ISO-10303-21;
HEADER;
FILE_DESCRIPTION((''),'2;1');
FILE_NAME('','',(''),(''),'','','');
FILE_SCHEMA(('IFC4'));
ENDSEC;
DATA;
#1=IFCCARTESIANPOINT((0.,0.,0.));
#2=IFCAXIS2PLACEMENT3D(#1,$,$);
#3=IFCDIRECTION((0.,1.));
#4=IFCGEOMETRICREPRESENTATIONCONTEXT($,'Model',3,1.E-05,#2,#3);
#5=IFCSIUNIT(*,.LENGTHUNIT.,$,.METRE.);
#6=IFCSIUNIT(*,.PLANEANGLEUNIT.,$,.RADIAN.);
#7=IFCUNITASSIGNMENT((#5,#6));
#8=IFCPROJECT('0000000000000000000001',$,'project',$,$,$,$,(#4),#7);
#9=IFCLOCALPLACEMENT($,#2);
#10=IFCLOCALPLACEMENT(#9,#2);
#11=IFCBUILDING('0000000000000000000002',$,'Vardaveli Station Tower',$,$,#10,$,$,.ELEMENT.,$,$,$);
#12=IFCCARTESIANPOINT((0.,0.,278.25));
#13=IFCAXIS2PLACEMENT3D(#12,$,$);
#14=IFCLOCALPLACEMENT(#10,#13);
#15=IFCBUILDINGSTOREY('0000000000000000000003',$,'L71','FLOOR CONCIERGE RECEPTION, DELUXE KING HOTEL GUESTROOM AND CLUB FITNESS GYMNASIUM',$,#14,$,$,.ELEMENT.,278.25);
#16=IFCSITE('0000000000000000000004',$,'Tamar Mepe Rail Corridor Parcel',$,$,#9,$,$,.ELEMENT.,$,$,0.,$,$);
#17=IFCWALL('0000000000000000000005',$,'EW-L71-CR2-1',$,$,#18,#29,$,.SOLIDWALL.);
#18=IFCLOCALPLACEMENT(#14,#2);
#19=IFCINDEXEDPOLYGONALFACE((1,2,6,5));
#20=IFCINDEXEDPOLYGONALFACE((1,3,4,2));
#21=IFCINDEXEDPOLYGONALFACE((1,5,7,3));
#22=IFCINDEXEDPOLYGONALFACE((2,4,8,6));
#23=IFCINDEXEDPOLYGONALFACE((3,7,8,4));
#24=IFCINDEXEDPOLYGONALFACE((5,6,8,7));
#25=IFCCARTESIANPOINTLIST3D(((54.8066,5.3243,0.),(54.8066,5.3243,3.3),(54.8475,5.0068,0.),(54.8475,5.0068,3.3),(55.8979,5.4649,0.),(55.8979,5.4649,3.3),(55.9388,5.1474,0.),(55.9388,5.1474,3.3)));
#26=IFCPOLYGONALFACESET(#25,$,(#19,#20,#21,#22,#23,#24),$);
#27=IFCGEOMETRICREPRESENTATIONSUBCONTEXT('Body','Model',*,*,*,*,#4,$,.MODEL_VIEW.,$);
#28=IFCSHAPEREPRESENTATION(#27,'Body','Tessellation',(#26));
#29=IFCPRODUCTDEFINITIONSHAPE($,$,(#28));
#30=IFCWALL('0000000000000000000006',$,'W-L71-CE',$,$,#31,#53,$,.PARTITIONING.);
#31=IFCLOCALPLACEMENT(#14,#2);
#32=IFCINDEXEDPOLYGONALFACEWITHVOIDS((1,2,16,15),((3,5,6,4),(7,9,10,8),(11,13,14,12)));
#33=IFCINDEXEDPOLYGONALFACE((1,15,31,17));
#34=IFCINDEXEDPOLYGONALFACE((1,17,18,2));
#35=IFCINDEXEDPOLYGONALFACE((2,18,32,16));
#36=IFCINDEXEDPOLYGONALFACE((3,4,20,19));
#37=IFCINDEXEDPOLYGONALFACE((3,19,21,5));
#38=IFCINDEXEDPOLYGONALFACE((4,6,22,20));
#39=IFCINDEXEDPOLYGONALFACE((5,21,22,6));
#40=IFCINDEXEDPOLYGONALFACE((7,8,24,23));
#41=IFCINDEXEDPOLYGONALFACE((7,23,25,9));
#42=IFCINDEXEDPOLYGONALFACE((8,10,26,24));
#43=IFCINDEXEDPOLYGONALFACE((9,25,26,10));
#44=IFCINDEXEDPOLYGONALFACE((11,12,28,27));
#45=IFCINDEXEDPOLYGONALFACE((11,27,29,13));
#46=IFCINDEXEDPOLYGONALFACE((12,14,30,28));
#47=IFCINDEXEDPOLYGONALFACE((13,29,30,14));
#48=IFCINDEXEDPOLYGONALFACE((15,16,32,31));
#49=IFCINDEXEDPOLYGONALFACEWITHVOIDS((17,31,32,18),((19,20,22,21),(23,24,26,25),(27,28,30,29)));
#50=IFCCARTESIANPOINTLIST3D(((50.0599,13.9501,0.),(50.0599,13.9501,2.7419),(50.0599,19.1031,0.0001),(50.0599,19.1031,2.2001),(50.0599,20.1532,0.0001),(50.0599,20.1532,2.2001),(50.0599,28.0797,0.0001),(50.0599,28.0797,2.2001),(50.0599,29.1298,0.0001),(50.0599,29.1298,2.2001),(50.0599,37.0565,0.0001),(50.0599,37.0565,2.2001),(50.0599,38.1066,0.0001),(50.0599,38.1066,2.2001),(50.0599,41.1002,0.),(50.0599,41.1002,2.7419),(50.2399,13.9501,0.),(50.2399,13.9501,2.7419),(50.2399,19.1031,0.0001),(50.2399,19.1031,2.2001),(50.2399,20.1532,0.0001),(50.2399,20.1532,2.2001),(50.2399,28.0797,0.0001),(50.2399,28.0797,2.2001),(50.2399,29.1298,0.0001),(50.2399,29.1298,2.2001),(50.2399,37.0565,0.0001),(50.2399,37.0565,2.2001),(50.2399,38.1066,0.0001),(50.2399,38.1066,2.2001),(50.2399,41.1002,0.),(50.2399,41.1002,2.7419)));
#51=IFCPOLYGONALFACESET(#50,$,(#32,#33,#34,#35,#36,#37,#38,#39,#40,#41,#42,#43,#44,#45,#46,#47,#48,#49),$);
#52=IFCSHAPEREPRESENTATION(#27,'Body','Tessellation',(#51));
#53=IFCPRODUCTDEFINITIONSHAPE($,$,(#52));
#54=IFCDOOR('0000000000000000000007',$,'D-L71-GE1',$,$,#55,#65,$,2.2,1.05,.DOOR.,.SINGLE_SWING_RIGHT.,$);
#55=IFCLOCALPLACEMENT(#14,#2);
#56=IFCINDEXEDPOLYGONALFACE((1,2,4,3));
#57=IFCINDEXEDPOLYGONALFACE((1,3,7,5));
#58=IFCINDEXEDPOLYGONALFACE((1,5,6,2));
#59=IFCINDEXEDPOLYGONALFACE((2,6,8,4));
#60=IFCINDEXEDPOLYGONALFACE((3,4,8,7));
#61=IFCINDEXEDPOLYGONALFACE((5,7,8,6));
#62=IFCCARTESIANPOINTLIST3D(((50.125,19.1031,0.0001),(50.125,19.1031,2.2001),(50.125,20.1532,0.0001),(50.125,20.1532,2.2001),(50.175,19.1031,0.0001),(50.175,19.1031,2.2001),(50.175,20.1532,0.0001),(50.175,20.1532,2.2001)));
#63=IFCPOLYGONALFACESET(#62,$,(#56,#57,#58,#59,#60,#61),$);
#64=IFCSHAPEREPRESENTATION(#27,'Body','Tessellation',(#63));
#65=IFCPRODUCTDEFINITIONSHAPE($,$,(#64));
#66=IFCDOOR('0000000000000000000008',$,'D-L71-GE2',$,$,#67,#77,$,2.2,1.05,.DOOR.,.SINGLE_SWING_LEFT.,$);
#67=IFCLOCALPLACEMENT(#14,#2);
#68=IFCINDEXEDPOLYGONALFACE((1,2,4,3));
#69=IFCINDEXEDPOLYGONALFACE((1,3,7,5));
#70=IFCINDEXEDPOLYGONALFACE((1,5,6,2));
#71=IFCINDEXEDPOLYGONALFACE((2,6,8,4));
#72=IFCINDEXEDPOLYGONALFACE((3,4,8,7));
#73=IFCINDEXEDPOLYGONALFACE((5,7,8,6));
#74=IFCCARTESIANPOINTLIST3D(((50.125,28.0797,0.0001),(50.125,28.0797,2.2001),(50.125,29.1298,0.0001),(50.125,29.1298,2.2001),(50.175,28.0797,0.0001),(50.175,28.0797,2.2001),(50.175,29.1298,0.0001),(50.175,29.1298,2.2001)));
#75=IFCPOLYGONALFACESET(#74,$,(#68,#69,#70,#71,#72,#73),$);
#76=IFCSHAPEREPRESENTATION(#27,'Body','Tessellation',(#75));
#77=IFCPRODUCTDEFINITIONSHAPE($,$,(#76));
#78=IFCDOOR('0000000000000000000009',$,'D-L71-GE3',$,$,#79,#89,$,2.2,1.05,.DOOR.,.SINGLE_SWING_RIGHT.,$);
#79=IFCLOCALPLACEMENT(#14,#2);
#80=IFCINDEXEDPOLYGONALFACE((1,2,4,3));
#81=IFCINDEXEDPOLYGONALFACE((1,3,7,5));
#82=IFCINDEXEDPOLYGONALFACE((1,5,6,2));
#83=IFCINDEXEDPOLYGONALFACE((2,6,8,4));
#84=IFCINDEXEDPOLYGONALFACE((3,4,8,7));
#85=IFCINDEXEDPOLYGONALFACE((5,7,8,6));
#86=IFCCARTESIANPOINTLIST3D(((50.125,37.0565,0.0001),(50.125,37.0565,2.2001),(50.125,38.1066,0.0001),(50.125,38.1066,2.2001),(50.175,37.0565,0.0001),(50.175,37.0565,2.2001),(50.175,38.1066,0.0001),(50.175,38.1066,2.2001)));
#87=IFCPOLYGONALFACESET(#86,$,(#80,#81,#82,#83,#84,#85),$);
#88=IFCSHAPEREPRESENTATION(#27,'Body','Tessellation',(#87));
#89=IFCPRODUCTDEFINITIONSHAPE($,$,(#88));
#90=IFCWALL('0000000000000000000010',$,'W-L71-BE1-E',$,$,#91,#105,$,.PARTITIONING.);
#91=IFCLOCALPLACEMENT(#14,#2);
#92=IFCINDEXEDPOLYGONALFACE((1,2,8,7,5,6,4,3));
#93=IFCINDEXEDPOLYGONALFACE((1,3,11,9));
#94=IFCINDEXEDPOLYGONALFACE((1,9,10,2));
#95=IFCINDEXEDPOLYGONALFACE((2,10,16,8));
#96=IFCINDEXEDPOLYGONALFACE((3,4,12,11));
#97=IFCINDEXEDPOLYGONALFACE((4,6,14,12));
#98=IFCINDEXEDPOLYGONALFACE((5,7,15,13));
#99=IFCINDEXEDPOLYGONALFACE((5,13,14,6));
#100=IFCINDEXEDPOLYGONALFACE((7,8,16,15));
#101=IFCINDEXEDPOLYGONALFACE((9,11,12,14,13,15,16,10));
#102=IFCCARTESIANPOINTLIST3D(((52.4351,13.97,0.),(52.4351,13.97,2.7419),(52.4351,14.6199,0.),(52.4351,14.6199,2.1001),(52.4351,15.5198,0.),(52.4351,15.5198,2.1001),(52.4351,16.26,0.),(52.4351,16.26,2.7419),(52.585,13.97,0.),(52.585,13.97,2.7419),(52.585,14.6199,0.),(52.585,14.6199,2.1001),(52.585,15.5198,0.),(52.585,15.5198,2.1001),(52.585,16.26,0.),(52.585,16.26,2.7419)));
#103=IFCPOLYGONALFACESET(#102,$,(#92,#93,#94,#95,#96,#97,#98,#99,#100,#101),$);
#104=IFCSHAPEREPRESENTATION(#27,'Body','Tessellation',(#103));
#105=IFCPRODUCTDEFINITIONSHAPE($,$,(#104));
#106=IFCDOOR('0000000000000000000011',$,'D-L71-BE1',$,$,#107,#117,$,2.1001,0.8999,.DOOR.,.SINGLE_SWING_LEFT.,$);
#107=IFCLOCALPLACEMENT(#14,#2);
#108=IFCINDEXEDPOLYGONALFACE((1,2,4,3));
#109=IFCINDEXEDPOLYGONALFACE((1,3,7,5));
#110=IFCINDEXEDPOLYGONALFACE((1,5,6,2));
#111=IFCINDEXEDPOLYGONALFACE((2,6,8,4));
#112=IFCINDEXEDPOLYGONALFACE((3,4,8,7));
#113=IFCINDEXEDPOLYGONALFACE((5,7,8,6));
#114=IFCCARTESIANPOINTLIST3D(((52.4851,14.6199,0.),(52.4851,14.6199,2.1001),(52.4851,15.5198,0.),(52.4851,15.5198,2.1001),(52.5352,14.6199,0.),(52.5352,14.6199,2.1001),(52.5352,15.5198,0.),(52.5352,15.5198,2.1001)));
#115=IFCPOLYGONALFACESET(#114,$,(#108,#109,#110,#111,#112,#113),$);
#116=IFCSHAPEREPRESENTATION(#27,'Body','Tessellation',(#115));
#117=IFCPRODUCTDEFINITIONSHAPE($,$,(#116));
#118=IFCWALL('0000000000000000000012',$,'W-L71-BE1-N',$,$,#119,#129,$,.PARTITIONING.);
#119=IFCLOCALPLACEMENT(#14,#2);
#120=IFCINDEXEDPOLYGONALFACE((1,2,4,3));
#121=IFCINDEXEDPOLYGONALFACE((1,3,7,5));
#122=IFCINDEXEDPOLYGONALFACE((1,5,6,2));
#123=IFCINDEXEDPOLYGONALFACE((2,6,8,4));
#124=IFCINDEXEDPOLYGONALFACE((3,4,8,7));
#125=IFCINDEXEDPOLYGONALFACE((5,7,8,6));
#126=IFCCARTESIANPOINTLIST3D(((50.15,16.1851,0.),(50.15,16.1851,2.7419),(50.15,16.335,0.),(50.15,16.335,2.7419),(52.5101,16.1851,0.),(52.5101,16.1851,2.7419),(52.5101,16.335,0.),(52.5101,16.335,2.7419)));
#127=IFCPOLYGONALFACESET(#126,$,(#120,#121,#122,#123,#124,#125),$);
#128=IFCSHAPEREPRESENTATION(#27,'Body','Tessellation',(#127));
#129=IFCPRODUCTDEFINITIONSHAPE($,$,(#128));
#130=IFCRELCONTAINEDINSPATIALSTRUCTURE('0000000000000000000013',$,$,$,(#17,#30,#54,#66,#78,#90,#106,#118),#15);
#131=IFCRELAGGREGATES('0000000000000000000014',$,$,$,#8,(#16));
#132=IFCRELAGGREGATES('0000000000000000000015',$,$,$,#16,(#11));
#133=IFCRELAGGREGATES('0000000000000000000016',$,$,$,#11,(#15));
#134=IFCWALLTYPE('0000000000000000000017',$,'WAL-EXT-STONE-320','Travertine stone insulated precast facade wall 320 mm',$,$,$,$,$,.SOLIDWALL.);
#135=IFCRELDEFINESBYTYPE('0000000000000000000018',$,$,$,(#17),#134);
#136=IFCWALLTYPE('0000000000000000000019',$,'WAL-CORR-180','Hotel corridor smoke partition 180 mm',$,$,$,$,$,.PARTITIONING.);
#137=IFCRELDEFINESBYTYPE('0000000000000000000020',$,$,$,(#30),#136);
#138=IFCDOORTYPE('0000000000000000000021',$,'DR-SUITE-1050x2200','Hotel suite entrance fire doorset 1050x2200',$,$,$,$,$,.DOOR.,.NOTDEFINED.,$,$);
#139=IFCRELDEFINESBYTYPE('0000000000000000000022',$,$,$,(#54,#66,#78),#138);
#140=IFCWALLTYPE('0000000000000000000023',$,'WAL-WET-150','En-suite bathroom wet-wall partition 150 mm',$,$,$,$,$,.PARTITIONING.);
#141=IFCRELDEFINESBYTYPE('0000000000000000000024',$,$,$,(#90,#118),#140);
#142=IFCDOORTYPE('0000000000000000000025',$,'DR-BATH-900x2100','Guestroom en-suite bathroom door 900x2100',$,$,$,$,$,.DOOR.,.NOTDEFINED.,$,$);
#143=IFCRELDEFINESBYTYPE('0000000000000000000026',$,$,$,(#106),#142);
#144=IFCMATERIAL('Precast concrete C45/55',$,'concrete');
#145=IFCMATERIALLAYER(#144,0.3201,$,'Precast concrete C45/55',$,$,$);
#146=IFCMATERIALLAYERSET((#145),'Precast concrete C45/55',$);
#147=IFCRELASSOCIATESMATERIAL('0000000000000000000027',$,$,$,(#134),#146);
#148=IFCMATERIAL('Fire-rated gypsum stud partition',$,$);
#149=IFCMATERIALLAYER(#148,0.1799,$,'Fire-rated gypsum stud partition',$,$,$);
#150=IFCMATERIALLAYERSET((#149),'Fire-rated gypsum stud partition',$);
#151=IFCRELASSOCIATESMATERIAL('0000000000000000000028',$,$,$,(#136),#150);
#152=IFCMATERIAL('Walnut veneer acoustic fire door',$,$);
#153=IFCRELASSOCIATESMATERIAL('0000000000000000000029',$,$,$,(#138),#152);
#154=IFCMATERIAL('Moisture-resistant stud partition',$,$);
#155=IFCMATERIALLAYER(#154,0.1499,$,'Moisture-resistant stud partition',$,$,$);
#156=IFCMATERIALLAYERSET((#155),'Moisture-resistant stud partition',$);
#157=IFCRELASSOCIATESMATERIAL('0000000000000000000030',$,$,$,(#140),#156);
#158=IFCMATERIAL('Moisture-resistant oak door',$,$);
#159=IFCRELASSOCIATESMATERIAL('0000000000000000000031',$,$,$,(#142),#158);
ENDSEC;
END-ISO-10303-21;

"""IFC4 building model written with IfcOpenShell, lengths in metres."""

from ifc_helpers import new_model, si_unit, direction, frame, frame_2d, origin, place, context, subcontext, project, spatial, rectangle, extrude, source, transform, mapped, material, layer, layer_set, type_object, element, fill, save


model = new_model("IFC4")

# Units and contexts
model_context = context("Model", 3, precision=1e-05, world=origin(), true_north=direction((0.0, 1.0)))
body_context = subcontext(model_context, "Body", "Model", "MODEL_VIEW")
ifc_project = project(units=[si_unit("LENGTHUNIT", "METRE"), si_unit("PLANEANGLEUNIT", "RADIAN")], contexts=[model_context])

# Site, building, storey
site_placement = place(None, origin())
site = spatial("IfcSite", under=ifc_project, at=site_placement, Name="Tamar Mepe Rail Corridor Parcel", CompositionType="ELEMENT", RefElevation=0.0)
building_placement = place(site_placement, origin())
building = spatial("IfcBuilding", under=site, at=building_placement, Name="Vardaveli Station Tower", CompositionType="ELEMENT")
storey_placement = place(building_placement, frame((0.0, 0.0, 278.25)))
storey = spatial("IfcBuildingStorey", under=building, at=storey_placement, Name="L71", Description="FLOOR CONCIERGE RECEPTION, DELUXE KING HOTEL GUESTROOM AND CLUB FITNESS GYMNASIUM", CompositionType="ELEMENT", Elevation=278.25)

# Shared definitions
ifc_material_1 = material(Name="Precast concrete C45/55", Category="concrete")

# Shared definitions
ifc_layer_1 = layer(ifc_material_1, 0.3201, Name="Precast concrete C45/55")
ifc_layer_set_1 = layer_set([ifc_layer_1], Name="Precast concrete C45/55")
wall_type_1 = type_object("IfcWallType", Name="WAL-EXT-STONE-320", Description="Travertine stone insulated precast facade wall 320 mm", PredefinedType="SOLIDWALL", material=ifc_layer_set_1)

# Wall
shared_shape_1 = source(origin(), body_context, "Body", "SweptSolid", [
    extrude(rectangle(XDim=1.1003, YDim=0.3201, at=frame_2d((0.5503, 0.0))), origin(), (0.0, 0.0, 1.0), 3.3),
])
wall_1_placement = place(storey_placement, frame((54.8269, 5.1655, 0.0), z_axis=(0.0, 0.0, 1.0), x_axis=(0.9918, 0.127802, 0.0)))
element("IfcWall", 1, at=wall_1_placement, inside=storey, type_object=wall_type_1, Name="EW-L71-CR2-1", PredefinedType="SOLIDWALL", context=body_context, shape_type="MappedRepresentation", body=[
    mapped(shared_shape_1, transform((0.0, 0.0, 0.0), scale=1.0)),
])

# Wall, openings, doors
ifc_material_2 = material(Name="Fire-rated gypsum stud partition")
ifc_layer_2 = layer(ifc_material_2, 0.1799, Name="Fire-rated gypsum stud partition")
ifc_layer_set_2 = layer_set([ifc_layer_2], Name="Fire-rated gypsum stud partition")
wall_type_2 = type_object("IfcWallType", Name="WAL-CORR-180", Description="Hotel corridor smoke partition 180 mm", PredefinedType="PARTITIONING", material=ifc_layer_set_2)
shared_shape_2 = source(origin(), body_context, "Body", "SweptSolid", [
    extrude(rectangle(XDim=27.1501, YDim=0.1799, at=frame_2d((13.5752, 0.0))), origin(), (0.0, 0.0, 1.0), 2.7419),
])
wall_2_placement = place(storey_placement, frame((50.1499, 13.95, 0.0), z_axis=(0.0, 0.0, 1.0), x_axis=(0.0, 1.0, 0.0)))
wall_2 = element("IfcWall", 2, at=wall_2_placement, inside=storey, type_object=wall_type_2, Name="W-L71-CE", PredefinedType="PARTITIONING", context=body_context, shape_type="MappedRepresentation", body=[
    mapped(shared_shape_2, transform((0.0, 0.0, 0.0), scale=1.0)),
])
shared_shape_3 = source(origin(), body_context, "Body", "SweptSolid", [
    extrude(rectangle(XDim=1.05, YDim=2.2, at=frame_2d((0.5249, 1.1001))), frame((0.0, 0.1001, 0.0), z_axis=(0.0, -1.0, 0.0), x_axis=(1.0, 0.0, 0.0)), (0.0, 0.0, 1.0), 0.2),
])
opening_1_placement = place(wall_2_placement, frame((5.1533, 0.0, 0.0)))
opening_1 = element("IfcOpeningElement", 3, at=opening_1_placement, cuts=wall_2, PredefinedType="OPENING", context=body_context, shape_type="MappedRepresentation", body=[
    mapped(shared_shape_3, transform((0.0, 0.0, 0.0), scale=1.0)),
])
opening_2_placement = place(wall_2_placement, frame((14.1299, 0.0, 0.0)))
opening_2 = element("IfcOpeningElement", 4, at=opening_2_placement, cuts=wall_2, PredefinedType="OPENING", context=body_context, shape_type="MappedRepresentation", body=[
    mapped(shared_shape_3, transform((0.0, 0.0, 0.0), scale=1.0)),
])
opening_3_placement = place(wall_2_placement, frame((23.1067, 0.0, 0.0)))
opening_3 = element("IfcOpeningElement", 5, at=opening_3_placement, cuts=wall_2, PredefinedType="OPENING", context=body_context, shape_type="MappedRepresentation", body=[
    mapped(shared_shape_3, transform((0.0, 0.0, 0.0), scale=1.0)),
])
ifc_material_3 = material(Name="Walnut veneer acoustic fire door")
door_type_1 = type_object("IfcDoorType", Name="DR-SUITE-1050x2200", Description="Hotel suite entrance fire doorset 1050x2200", OperationType="NOTDEFINED", PredefinedType="DOOR", material=ifc_material_3)
shared_shape_4 = source(origin(), body_context, "Body", "SweptSolid", [
    extrude(rectangle(XDim=1.05, YDim=2.2, at=frame_2d((0.5249, 1.1001))), frame((0.0, 0.0249, 0.0), z_axis=(0.0, -1.0, 0.0), x_axis=(1.0, 0.0, 0.0)), (0.0, 0.0, 1.0), 0.05),
])
door_1_placement = place(opening_1_placement, origin())
door_1 = element("IfcDoor", 6, at=door_1_placement, inside=storey, type_object=door_type_1, Name="D-L71-GE1", OperationType="SINGLE_SWING_RIGHT", OverallHeight=2.2, OverallWidth=1.05, PredefinedType="DOOR", context=body_context, shape_type="MappedRepresentation", body=[
    mapped(shared_shape_4, transform((0.0, 0.0, 0.0), scale=1.0)),
])
fill(opening_1, door_1)
door_2_placement = place(opening_2_placement, origin())
door_2 = element("IfcDoor", 7, at=door_2_placement, inside=storey, type_object=door_type_1, Name="D-L71-GE2", OperationType="SINGLE_SWING_LEFT", OverallHeight=2.2, OverallWidth=1.05, PredefinedType="DOOR", context=body_context, shape_type="MappedRepresentation", body=[
    mapped(shared_shape_4, transform((0.0, 0.0, 0.0), scale=1.0)),
])
fill(opening_2, door_2)
door_3_placement = place(opening_3_placement, origin())
door_3 = element("IfcDoor", 8, at=door_3_placement, inside=storey, type_object=door_type_1, Name="D-L71-GE3", OperationType="SINGLE_SWING_RIGHT", OverallHeight=2.2, OverallWidth=1.05, PredefinedType="DOOR", context=body_context, shape_type="MappedRepresentation", body=[
    mapped(shared_shape_4, transform((0.0, 0.0, 0.0), scale=1.0)),
])
fill(opening_3, door_3)

# Wall, opening, door
ifc_material_4 = material(Name="Moisture-resistant stud partition")
ifc_layer_3 = layer(ifc_material_4, 0.1499, Name="Moisture-resistant stud partition")
ifc_layer_set_3 = layer_set([ifc_layer_3], Name="Moisture-resistant stud partition")
wall_type_3 = type_object("IfcWallType", Name="WAL-WET-150", Description="En-suite bathroom wet-wall partition 150 mm", PredefinedType="PARTITIONING", material=ifc_layer_set_3)
shared_shape_5 = source(origin(), body_context, "Body", "SweptSolid", [
    extrude(rectangle(XDim=2.29, YDim=0.1499, at=frame_2d((1.145, 0.0))), origin(), (0.0, 0.0, 1.0), 2.7419),
])
wall_3_placement = place(storey_placement, frame((52.51, 13.97, 0.0), z_axis=(0.0, 0.0, 1.0), x_axis=(0.0, 1.0, 0.0)))
wall_3 = element("IfcWall", 9, at=wall_3_placement, inside=storey, type_object=wall_type_3, Name="W-L71-BE1-E", PredefinedType="PARTITIONING", context=body_context, shape_type="MappedRepresentation", body=[
    mapped(shared_shape_5, transform((0.0, 0.0, 0.0), scale=1.0)),
])
shared_shape_6 = source(origin(), body_context, "Body", "SweptSolid", [
    extrude(rectangle(XDim=0.8999, YDim=2.1001, at=frame_2d((0.45, 1.05))), frame((0.0, 0.085, 0.0), z_axis=(0.0, -1.0, 0.0), x_axis=(1.0, 0.0, 0.0)), (0.0, 0.0, 1.0), 0.1699),
])
opening_4_placement = place(wall_3_placement, frame((0.6499, 0.0, 0.0)))
opening_4 = element("IfcOpeningElement", 10, at=opening_4_placement, cuts=wall_3, PredefinedType="OPENING", context=body_context, shape_type="MappedRepresentation", body=[
    mapped(shared_shape_6, transform((0.0, 0.0, 0.0), scale=1.0)),
])
ifc_material_5 = material(Name="Moisture-resistant oak door")
door_type_2 = type_object("IfcDoorType", Name="DR-BATH-900x2100", Description="Guestroom en-suite bathroom door 900x2100", OperationType="NOTDEFINED", PredefinedType="DOOR", material=ifc_material_5)
shared_shape_7 = source(origin(), body_context, "Body", "SweptSolid", [
    extrude(rectangle(XDim=0.8999, YDim=2.1001, at=frame_2d((0.45, 1.05))), frame((0.0, 0.0249, 0.0), z_axis=(0.0, -1.0, 0.0), x_axis=(1.0, 0.0, 0.0)), (0.0, 0.0, 1.0), 0.05),
])
door_4_placement = place(opening_4_placement, origin())
door_4 = element("IfcDoor", 11, at=door_4_placement, inside=storey, type_object=door_type_2, Name="D-L71-BE1", OperationType="SINGLE_SWING_LEFT", OverallHeight=2.1001, OverallWidth=0.8999, PredefinedType="DOOR", context=body_context, shape_type="MappedRepresentation", body=[
    mapped(shared_shape_7, transform((0.0, 0.0, 0.0), scale=1.0)),
])
fill(opening_4, door_4)

# Wall
shared_shape_8 = source(origin(), body_context, "Body", "SweptSolid", [
    extrude(rectangle(XDim=2.3601, YDim=0.1499, at=frame_2d((1.1802, 0.0))), origin(), (0.0, 0.0, 1.0), 2.7419),
])
wall_4_placement = place(storey_placement, frame((50.1499, 16.26, 0.0), z_axis=(0.0, 0.0, 1.0), x_axis=(1.0, 0.0, 0.0)))
element("IfcWall", 12, at=wall_4_placement, inside=storey, type_object=wall_type_3, Name="W-L71-BE1-N", PredefinedType="PARTITIONING", context=body_context, shape_type="MappedRepresentation", body=[
    mapped(shared_shape_8, transform((0.0, 0.0, 0.0), scale=1.0)),
])

save(model, "model.ifc")
